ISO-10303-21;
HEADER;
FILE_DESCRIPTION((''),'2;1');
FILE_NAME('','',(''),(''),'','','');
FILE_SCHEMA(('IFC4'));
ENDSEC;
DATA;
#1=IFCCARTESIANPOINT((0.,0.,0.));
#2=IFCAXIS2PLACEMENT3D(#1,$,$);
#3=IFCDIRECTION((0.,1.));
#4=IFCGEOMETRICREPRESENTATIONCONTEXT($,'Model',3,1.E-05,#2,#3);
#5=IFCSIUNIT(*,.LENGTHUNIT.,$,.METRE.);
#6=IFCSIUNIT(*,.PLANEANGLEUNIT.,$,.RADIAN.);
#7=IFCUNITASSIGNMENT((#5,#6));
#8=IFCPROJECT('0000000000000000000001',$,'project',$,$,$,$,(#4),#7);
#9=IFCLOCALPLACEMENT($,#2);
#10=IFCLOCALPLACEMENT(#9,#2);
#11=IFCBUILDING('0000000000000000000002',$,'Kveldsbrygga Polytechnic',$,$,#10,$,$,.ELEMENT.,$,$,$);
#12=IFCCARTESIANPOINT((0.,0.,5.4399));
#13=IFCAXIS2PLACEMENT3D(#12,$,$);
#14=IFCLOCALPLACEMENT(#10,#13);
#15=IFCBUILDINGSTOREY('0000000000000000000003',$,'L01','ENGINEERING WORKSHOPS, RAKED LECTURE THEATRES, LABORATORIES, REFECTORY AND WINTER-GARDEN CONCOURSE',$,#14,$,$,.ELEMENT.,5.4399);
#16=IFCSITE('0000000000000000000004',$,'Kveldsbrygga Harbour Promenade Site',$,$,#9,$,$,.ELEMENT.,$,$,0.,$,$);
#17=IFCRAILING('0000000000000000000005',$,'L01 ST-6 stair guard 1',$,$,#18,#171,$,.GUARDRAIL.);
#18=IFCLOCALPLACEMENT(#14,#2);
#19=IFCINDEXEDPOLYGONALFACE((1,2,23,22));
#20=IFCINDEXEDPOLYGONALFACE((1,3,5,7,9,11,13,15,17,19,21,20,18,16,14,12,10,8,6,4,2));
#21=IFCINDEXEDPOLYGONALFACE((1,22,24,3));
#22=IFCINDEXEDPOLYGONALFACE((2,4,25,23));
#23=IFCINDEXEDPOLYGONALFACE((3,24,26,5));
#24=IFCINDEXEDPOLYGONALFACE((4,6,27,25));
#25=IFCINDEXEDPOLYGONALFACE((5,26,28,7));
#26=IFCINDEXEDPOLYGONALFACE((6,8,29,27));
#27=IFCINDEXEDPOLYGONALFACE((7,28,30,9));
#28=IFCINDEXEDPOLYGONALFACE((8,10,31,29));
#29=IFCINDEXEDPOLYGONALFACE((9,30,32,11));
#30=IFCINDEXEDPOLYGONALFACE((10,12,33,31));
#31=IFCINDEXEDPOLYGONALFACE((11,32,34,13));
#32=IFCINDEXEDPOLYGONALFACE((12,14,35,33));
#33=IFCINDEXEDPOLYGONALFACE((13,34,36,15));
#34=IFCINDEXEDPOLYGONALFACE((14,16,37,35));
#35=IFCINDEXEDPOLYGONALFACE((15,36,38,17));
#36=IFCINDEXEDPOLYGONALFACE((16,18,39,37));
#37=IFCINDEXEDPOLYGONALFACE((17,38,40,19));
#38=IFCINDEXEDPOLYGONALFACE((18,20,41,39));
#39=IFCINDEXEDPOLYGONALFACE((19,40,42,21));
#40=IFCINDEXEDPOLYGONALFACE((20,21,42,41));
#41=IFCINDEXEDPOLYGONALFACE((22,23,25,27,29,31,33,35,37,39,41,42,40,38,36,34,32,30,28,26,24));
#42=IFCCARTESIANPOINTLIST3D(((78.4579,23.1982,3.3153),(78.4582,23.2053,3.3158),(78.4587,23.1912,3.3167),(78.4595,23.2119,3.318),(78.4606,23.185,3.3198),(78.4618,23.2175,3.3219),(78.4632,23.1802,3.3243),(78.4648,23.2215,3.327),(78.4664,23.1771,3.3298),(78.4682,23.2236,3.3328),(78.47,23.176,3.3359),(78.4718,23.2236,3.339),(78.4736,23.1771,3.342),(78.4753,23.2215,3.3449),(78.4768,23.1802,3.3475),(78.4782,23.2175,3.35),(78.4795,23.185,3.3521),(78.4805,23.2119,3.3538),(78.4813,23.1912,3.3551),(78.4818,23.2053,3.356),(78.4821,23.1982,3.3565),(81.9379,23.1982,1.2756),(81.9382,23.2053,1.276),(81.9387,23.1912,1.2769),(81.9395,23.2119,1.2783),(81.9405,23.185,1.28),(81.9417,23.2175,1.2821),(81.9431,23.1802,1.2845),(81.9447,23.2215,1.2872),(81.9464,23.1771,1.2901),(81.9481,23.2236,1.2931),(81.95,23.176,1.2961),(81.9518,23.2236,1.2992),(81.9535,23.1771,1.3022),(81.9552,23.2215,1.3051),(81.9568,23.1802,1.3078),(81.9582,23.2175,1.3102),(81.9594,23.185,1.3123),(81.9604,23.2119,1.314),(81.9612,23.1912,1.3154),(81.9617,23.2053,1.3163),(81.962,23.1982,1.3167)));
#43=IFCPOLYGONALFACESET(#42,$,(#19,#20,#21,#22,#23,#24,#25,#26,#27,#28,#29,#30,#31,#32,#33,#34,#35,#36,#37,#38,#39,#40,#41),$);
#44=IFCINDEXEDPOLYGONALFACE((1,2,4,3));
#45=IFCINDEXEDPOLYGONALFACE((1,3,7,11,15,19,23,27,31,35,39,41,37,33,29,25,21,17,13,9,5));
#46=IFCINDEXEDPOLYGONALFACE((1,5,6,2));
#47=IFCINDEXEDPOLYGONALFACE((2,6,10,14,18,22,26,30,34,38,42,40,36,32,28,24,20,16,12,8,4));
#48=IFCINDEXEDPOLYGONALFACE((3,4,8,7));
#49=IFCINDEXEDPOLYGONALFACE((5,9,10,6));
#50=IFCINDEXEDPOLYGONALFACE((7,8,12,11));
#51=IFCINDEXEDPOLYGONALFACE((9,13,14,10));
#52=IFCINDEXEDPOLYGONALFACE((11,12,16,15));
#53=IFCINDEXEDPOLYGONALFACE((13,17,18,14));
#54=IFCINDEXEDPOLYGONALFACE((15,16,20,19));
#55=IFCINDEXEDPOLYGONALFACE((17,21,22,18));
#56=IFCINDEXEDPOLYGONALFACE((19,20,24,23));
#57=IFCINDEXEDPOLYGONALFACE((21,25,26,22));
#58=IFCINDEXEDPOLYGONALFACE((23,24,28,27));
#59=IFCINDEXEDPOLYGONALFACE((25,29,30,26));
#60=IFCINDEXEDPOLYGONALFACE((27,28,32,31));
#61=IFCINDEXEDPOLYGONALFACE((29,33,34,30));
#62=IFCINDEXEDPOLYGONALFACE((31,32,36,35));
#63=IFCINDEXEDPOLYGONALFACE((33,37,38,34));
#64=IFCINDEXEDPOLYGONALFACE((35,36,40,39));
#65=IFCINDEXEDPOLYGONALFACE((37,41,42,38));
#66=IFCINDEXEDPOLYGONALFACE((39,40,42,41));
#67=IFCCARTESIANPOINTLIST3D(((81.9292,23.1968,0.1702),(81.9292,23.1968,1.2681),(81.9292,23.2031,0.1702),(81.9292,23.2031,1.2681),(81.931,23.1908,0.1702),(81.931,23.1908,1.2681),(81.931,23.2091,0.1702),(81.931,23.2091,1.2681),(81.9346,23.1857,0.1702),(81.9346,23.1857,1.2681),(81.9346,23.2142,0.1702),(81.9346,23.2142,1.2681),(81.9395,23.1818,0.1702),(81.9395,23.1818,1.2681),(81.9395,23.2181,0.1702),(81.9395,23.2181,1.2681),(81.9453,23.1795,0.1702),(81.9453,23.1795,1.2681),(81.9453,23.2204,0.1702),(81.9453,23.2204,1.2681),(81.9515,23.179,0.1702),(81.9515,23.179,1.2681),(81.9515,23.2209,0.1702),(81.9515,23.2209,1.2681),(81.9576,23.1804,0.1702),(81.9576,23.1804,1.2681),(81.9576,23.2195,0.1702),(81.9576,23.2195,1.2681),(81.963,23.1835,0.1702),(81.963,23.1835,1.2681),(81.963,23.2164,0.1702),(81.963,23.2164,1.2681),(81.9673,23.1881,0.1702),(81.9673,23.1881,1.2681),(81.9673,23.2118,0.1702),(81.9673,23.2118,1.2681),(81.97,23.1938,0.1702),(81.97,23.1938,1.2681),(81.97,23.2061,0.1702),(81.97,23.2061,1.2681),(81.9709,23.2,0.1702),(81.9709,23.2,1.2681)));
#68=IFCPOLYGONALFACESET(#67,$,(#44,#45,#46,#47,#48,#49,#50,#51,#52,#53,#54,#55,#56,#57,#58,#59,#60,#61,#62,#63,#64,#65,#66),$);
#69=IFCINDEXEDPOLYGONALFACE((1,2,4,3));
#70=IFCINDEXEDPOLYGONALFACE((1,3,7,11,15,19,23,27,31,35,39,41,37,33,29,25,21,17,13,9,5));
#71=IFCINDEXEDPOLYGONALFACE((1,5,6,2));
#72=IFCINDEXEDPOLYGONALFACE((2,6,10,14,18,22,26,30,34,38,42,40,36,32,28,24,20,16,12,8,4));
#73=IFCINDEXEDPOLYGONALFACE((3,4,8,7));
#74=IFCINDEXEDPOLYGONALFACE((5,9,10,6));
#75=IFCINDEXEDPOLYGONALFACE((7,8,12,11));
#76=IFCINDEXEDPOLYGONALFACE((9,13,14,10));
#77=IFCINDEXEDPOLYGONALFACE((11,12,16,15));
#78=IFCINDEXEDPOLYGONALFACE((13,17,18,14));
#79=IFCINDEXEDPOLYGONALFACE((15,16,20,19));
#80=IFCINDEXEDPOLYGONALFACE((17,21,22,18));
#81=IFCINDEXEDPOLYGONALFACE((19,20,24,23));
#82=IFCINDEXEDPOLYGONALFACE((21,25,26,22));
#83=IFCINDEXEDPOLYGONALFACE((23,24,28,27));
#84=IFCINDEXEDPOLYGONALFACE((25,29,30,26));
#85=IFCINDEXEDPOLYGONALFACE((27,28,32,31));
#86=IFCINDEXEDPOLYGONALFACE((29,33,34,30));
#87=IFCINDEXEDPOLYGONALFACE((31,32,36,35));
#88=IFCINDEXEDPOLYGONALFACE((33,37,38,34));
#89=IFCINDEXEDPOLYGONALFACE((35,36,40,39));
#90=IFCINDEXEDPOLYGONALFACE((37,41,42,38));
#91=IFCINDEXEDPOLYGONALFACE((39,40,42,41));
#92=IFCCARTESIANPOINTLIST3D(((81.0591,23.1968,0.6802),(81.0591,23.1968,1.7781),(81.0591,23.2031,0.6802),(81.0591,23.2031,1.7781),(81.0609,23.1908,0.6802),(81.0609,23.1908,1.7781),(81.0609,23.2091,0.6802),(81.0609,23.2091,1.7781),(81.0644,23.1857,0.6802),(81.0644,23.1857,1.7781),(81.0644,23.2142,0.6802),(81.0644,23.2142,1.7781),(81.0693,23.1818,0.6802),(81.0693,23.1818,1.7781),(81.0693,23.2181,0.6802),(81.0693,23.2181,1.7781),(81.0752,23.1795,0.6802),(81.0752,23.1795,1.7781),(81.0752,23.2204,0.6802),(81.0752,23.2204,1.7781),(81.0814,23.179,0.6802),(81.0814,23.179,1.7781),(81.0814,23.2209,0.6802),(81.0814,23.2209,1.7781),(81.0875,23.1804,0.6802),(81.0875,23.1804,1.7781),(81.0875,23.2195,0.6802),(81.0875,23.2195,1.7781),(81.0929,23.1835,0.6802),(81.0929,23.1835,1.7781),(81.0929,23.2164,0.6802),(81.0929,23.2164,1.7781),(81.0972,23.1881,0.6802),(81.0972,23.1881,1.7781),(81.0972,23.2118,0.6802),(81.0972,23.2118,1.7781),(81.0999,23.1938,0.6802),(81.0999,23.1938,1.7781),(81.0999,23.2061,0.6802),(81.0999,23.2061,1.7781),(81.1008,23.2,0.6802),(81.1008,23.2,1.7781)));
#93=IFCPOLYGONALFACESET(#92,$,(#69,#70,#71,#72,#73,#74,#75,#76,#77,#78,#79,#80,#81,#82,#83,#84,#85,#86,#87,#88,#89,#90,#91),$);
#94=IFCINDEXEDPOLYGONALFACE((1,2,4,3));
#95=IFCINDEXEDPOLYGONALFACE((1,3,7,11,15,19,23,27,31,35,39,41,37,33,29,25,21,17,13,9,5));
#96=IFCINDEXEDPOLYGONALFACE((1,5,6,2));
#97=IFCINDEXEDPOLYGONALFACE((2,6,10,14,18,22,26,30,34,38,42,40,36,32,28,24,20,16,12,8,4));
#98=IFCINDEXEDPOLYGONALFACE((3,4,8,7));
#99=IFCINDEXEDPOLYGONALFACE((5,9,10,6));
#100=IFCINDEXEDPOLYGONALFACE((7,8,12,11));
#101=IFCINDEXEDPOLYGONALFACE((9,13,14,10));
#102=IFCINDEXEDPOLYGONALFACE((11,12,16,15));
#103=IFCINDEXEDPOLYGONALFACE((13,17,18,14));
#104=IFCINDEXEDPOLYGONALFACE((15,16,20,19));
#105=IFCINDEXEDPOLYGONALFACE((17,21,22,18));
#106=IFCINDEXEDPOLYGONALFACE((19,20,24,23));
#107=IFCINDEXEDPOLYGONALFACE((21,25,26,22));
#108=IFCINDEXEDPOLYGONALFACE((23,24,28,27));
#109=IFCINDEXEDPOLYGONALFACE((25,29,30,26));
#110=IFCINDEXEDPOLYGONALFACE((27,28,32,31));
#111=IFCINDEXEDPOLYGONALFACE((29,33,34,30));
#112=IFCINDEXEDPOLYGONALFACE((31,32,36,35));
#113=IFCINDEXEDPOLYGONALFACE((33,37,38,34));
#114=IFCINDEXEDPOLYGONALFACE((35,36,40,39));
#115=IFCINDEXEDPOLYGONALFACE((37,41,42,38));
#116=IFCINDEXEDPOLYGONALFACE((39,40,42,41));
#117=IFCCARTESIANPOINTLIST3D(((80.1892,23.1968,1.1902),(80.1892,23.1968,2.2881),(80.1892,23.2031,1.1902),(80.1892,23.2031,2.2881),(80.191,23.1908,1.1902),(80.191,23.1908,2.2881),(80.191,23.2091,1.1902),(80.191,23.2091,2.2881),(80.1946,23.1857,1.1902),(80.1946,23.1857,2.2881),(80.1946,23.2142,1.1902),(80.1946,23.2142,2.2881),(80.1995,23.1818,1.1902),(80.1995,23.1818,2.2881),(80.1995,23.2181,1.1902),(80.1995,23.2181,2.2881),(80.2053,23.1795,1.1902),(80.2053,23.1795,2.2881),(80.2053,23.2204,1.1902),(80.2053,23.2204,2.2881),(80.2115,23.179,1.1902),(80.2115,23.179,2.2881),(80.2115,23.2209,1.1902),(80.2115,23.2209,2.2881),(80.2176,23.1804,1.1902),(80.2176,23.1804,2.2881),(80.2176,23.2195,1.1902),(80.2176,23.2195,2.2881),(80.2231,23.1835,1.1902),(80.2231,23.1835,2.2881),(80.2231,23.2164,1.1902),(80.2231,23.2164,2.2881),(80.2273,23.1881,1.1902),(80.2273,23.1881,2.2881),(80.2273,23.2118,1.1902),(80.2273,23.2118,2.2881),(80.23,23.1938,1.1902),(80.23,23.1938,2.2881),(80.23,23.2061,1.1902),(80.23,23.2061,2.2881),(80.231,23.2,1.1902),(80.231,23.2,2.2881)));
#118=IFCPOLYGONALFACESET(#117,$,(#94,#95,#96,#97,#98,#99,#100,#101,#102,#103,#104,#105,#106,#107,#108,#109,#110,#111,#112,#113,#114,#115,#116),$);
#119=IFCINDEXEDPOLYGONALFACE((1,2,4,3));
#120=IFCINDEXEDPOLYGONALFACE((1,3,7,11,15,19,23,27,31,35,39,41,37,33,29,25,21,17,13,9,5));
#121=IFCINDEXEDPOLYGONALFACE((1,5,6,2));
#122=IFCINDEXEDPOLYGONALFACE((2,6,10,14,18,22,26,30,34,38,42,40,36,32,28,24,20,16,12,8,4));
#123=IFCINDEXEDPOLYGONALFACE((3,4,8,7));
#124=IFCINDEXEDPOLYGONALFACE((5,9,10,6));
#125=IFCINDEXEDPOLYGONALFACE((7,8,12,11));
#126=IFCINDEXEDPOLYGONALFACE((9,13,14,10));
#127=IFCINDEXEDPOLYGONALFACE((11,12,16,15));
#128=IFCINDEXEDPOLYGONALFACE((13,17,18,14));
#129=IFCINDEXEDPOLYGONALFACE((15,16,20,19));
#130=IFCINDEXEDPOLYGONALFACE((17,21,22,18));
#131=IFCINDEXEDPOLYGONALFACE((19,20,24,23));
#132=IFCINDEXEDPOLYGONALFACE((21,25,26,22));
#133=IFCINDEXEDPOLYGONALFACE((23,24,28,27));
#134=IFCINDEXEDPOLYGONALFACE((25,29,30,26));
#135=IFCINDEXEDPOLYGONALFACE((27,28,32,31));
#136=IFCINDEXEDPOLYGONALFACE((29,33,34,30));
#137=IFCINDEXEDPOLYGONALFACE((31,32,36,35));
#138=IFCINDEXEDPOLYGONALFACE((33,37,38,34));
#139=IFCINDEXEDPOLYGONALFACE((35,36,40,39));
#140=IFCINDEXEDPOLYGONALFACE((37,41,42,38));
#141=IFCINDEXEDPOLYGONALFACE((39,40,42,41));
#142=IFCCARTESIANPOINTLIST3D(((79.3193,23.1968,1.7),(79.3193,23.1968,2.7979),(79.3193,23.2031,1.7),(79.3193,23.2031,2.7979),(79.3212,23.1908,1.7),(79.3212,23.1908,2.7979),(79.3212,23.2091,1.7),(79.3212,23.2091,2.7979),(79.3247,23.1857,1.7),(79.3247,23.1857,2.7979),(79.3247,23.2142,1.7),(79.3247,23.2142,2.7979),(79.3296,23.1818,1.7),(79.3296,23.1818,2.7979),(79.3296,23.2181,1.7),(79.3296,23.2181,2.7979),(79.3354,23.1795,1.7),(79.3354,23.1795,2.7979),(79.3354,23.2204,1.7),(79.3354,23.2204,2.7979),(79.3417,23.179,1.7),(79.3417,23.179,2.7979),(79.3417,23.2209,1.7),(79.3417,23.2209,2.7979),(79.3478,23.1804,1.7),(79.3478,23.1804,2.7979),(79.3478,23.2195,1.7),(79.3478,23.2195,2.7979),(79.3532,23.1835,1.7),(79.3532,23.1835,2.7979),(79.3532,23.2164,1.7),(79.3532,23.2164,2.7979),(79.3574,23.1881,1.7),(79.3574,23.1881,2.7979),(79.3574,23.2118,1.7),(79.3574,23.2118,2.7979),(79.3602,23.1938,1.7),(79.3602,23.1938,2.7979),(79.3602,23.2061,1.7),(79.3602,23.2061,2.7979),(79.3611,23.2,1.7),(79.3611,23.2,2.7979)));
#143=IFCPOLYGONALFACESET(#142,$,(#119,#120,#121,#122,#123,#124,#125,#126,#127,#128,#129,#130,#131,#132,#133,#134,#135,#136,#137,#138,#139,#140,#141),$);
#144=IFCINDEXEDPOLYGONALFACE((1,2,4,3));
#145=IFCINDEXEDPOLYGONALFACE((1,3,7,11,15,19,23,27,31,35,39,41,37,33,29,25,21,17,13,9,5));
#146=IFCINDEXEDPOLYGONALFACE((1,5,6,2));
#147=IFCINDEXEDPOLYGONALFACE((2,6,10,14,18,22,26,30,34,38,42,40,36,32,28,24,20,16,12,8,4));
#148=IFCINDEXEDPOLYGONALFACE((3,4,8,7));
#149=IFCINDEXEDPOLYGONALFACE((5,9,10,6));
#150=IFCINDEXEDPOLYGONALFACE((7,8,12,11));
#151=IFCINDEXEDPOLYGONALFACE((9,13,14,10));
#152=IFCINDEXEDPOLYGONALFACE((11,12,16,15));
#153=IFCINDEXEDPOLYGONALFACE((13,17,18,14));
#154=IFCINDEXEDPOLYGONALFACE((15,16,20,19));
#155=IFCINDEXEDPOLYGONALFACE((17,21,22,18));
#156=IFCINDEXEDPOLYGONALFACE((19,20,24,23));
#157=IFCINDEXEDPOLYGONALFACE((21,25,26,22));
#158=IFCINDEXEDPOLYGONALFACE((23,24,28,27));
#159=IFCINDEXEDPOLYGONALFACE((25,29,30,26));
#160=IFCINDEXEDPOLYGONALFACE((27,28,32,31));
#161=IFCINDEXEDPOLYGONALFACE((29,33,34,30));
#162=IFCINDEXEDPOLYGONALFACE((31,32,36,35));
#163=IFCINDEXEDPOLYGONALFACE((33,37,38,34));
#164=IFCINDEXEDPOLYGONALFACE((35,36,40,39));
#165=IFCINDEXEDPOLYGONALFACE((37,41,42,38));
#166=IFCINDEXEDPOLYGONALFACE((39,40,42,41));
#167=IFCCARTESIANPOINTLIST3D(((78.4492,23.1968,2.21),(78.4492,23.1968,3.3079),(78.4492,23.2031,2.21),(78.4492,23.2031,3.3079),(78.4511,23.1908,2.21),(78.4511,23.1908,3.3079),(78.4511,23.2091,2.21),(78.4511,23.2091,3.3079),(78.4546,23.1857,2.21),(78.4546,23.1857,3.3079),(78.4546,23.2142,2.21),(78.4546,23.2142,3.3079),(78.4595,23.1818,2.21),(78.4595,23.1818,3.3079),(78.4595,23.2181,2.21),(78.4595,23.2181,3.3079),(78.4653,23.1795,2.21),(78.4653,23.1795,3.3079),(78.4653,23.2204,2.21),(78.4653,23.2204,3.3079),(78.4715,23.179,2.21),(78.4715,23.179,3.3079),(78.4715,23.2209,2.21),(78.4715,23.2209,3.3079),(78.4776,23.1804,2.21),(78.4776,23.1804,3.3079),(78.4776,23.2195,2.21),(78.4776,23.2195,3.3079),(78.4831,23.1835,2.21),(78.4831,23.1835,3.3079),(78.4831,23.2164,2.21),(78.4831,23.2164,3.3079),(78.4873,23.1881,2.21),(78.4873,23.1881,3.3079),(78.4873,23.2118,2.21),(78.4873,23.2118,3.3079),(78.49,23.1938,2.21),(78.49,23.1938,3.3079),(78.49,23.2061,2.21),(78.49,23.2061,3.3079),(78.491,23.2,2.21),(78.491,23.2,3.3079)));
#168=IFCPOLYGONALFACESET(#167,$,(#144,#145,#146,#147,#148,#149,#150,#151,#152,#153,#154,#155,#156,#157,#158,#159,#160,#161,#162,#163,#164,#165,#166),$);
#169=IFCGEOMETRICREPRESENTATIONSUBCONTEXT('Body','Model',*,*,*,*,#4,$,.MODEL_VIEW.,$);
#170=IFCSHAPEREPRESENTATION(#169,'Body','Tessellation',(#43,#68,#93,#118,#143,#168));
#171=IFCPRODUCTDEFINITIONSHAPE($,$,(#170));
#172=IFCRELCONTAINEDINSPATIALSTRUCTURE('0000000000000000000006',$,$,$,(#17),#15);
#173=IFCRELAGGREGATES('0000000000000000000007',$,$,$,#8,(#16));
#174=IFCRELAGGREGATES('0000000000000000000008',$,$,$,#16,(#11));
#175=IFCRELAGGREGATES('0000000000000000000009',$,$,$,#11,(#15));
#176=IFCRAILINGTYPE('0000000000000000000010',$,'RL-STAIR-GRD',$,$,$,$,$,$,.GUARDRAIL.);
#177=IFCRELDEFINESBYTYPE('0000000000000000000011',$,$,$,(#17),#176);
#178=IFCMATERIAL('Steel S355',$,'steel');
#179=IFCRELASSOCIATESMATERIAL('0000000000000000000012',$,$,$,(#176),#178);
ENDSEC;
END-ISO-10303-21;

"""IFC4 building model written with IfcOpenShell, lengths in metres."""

from ifc_helpers import new_model, si_unit, direction, frame, origin, origin_2d, place, context, subcontext, project, spatial, circle, extrude, material, type_object, element, save


model = new_model("IFC4")

# Units and contexts
model_context = context("Model", 3, precision=1e-05, world=origin(), true_north=direction((0.0, 1.0)))
body_context = subcontext(model_context, "Body", "Model", "MODEL_VIEW")
ifc_project = project(units=[si_unit("LENGTHUNIT", "METRE"), si_unit("PLANEANGLEUNIT", "RADIAN")], contexts=[model_context])

# Site, building, storey
site_placement = place(None, origin())
site = spatial("IfcSite", under=ifc_project, at=site_placement, Name="Kveldsbrygga Harbour Promenade Site", CompositionType="ELEMENT", RefElevation=0.0)
building_placement = place(site_placement, origin())
building = spatial("IfcBuilding", under=site, at=building_placement, Name="Kveldsbrygga Polytechnic", CompositionType="ELEMENT")
storey_placement = place(building_placement, frame((0.0, 0.0, 5.4399)))
storey = spatial("IfcBuildingStorey", under=building, at=storey_placement, Name="L01", Description="ENGINEERING WORKSHOPS, RAKED LECTURE THEATRES, LABORATORIES, REFECTORY AND WINTER-GARDEN CONCOURSE", CompositionType="ELEMENT", Elevation=5.4399)

# Shared definitions
ifc_material_1 = material(Name="Steel S355", Category="steel")

# Railing
railing_type_1 = type_object("IfcRailingType", Name="RL-STAIR-GRD", PredefinedType="GUARDRAIL", material=ifc_material_1)
railing_1_placement = place(storey_placement, frame((81.95, 23.2, 0.1702)))
element("IfcRailing", 1, at=railing_1_placement, inside=storey, type_object=railing_type_1, Name="L01 ST-6 stair guard 1", PredefinedType="GUARDRAIL", context=body_context, shape_type="SweptSolid", body=[
    extrude(circle(Radius=0.0239, at=origin_2d()), frame((0.0, 0.0, 1.126), z_axis=(-0.862719, 0.0, 0.505684), x_axis=(0.0, -1.0, 0.0)), (0.0, 0.0, 1.0), 4.0337),
    extrude(circle(Radius=0.021, at=origin_2d()), origin(), (0.0, 0.0, 1.0), 1.0979),
    extrude(circle(Radius=0.021, at=origin_2d()), frame((-0.8701, 0.0, 0.51)), (0.0, 0.0, 1.0), 1.0979),
    extrude(circle(Radius=0.021, at=origin_2d()), frame((-1.74, 0.0, 1.02)), (0.0, 0.0, 1.0), 1.0979),
    extrude(circle(Radius=0.021, at=origin_2d()), frame((-2.6099, 0.0, 1.5298)), (0.0, 0.0, 1.0), 1.0979),
    extrude(circle(Radius=0.021, at=origin_2d()), frame((-3.48, 0.0, 2.0398)), (0.0, 0.0, 1.0), 1.0979),
])

save(model, "model.ifc")
